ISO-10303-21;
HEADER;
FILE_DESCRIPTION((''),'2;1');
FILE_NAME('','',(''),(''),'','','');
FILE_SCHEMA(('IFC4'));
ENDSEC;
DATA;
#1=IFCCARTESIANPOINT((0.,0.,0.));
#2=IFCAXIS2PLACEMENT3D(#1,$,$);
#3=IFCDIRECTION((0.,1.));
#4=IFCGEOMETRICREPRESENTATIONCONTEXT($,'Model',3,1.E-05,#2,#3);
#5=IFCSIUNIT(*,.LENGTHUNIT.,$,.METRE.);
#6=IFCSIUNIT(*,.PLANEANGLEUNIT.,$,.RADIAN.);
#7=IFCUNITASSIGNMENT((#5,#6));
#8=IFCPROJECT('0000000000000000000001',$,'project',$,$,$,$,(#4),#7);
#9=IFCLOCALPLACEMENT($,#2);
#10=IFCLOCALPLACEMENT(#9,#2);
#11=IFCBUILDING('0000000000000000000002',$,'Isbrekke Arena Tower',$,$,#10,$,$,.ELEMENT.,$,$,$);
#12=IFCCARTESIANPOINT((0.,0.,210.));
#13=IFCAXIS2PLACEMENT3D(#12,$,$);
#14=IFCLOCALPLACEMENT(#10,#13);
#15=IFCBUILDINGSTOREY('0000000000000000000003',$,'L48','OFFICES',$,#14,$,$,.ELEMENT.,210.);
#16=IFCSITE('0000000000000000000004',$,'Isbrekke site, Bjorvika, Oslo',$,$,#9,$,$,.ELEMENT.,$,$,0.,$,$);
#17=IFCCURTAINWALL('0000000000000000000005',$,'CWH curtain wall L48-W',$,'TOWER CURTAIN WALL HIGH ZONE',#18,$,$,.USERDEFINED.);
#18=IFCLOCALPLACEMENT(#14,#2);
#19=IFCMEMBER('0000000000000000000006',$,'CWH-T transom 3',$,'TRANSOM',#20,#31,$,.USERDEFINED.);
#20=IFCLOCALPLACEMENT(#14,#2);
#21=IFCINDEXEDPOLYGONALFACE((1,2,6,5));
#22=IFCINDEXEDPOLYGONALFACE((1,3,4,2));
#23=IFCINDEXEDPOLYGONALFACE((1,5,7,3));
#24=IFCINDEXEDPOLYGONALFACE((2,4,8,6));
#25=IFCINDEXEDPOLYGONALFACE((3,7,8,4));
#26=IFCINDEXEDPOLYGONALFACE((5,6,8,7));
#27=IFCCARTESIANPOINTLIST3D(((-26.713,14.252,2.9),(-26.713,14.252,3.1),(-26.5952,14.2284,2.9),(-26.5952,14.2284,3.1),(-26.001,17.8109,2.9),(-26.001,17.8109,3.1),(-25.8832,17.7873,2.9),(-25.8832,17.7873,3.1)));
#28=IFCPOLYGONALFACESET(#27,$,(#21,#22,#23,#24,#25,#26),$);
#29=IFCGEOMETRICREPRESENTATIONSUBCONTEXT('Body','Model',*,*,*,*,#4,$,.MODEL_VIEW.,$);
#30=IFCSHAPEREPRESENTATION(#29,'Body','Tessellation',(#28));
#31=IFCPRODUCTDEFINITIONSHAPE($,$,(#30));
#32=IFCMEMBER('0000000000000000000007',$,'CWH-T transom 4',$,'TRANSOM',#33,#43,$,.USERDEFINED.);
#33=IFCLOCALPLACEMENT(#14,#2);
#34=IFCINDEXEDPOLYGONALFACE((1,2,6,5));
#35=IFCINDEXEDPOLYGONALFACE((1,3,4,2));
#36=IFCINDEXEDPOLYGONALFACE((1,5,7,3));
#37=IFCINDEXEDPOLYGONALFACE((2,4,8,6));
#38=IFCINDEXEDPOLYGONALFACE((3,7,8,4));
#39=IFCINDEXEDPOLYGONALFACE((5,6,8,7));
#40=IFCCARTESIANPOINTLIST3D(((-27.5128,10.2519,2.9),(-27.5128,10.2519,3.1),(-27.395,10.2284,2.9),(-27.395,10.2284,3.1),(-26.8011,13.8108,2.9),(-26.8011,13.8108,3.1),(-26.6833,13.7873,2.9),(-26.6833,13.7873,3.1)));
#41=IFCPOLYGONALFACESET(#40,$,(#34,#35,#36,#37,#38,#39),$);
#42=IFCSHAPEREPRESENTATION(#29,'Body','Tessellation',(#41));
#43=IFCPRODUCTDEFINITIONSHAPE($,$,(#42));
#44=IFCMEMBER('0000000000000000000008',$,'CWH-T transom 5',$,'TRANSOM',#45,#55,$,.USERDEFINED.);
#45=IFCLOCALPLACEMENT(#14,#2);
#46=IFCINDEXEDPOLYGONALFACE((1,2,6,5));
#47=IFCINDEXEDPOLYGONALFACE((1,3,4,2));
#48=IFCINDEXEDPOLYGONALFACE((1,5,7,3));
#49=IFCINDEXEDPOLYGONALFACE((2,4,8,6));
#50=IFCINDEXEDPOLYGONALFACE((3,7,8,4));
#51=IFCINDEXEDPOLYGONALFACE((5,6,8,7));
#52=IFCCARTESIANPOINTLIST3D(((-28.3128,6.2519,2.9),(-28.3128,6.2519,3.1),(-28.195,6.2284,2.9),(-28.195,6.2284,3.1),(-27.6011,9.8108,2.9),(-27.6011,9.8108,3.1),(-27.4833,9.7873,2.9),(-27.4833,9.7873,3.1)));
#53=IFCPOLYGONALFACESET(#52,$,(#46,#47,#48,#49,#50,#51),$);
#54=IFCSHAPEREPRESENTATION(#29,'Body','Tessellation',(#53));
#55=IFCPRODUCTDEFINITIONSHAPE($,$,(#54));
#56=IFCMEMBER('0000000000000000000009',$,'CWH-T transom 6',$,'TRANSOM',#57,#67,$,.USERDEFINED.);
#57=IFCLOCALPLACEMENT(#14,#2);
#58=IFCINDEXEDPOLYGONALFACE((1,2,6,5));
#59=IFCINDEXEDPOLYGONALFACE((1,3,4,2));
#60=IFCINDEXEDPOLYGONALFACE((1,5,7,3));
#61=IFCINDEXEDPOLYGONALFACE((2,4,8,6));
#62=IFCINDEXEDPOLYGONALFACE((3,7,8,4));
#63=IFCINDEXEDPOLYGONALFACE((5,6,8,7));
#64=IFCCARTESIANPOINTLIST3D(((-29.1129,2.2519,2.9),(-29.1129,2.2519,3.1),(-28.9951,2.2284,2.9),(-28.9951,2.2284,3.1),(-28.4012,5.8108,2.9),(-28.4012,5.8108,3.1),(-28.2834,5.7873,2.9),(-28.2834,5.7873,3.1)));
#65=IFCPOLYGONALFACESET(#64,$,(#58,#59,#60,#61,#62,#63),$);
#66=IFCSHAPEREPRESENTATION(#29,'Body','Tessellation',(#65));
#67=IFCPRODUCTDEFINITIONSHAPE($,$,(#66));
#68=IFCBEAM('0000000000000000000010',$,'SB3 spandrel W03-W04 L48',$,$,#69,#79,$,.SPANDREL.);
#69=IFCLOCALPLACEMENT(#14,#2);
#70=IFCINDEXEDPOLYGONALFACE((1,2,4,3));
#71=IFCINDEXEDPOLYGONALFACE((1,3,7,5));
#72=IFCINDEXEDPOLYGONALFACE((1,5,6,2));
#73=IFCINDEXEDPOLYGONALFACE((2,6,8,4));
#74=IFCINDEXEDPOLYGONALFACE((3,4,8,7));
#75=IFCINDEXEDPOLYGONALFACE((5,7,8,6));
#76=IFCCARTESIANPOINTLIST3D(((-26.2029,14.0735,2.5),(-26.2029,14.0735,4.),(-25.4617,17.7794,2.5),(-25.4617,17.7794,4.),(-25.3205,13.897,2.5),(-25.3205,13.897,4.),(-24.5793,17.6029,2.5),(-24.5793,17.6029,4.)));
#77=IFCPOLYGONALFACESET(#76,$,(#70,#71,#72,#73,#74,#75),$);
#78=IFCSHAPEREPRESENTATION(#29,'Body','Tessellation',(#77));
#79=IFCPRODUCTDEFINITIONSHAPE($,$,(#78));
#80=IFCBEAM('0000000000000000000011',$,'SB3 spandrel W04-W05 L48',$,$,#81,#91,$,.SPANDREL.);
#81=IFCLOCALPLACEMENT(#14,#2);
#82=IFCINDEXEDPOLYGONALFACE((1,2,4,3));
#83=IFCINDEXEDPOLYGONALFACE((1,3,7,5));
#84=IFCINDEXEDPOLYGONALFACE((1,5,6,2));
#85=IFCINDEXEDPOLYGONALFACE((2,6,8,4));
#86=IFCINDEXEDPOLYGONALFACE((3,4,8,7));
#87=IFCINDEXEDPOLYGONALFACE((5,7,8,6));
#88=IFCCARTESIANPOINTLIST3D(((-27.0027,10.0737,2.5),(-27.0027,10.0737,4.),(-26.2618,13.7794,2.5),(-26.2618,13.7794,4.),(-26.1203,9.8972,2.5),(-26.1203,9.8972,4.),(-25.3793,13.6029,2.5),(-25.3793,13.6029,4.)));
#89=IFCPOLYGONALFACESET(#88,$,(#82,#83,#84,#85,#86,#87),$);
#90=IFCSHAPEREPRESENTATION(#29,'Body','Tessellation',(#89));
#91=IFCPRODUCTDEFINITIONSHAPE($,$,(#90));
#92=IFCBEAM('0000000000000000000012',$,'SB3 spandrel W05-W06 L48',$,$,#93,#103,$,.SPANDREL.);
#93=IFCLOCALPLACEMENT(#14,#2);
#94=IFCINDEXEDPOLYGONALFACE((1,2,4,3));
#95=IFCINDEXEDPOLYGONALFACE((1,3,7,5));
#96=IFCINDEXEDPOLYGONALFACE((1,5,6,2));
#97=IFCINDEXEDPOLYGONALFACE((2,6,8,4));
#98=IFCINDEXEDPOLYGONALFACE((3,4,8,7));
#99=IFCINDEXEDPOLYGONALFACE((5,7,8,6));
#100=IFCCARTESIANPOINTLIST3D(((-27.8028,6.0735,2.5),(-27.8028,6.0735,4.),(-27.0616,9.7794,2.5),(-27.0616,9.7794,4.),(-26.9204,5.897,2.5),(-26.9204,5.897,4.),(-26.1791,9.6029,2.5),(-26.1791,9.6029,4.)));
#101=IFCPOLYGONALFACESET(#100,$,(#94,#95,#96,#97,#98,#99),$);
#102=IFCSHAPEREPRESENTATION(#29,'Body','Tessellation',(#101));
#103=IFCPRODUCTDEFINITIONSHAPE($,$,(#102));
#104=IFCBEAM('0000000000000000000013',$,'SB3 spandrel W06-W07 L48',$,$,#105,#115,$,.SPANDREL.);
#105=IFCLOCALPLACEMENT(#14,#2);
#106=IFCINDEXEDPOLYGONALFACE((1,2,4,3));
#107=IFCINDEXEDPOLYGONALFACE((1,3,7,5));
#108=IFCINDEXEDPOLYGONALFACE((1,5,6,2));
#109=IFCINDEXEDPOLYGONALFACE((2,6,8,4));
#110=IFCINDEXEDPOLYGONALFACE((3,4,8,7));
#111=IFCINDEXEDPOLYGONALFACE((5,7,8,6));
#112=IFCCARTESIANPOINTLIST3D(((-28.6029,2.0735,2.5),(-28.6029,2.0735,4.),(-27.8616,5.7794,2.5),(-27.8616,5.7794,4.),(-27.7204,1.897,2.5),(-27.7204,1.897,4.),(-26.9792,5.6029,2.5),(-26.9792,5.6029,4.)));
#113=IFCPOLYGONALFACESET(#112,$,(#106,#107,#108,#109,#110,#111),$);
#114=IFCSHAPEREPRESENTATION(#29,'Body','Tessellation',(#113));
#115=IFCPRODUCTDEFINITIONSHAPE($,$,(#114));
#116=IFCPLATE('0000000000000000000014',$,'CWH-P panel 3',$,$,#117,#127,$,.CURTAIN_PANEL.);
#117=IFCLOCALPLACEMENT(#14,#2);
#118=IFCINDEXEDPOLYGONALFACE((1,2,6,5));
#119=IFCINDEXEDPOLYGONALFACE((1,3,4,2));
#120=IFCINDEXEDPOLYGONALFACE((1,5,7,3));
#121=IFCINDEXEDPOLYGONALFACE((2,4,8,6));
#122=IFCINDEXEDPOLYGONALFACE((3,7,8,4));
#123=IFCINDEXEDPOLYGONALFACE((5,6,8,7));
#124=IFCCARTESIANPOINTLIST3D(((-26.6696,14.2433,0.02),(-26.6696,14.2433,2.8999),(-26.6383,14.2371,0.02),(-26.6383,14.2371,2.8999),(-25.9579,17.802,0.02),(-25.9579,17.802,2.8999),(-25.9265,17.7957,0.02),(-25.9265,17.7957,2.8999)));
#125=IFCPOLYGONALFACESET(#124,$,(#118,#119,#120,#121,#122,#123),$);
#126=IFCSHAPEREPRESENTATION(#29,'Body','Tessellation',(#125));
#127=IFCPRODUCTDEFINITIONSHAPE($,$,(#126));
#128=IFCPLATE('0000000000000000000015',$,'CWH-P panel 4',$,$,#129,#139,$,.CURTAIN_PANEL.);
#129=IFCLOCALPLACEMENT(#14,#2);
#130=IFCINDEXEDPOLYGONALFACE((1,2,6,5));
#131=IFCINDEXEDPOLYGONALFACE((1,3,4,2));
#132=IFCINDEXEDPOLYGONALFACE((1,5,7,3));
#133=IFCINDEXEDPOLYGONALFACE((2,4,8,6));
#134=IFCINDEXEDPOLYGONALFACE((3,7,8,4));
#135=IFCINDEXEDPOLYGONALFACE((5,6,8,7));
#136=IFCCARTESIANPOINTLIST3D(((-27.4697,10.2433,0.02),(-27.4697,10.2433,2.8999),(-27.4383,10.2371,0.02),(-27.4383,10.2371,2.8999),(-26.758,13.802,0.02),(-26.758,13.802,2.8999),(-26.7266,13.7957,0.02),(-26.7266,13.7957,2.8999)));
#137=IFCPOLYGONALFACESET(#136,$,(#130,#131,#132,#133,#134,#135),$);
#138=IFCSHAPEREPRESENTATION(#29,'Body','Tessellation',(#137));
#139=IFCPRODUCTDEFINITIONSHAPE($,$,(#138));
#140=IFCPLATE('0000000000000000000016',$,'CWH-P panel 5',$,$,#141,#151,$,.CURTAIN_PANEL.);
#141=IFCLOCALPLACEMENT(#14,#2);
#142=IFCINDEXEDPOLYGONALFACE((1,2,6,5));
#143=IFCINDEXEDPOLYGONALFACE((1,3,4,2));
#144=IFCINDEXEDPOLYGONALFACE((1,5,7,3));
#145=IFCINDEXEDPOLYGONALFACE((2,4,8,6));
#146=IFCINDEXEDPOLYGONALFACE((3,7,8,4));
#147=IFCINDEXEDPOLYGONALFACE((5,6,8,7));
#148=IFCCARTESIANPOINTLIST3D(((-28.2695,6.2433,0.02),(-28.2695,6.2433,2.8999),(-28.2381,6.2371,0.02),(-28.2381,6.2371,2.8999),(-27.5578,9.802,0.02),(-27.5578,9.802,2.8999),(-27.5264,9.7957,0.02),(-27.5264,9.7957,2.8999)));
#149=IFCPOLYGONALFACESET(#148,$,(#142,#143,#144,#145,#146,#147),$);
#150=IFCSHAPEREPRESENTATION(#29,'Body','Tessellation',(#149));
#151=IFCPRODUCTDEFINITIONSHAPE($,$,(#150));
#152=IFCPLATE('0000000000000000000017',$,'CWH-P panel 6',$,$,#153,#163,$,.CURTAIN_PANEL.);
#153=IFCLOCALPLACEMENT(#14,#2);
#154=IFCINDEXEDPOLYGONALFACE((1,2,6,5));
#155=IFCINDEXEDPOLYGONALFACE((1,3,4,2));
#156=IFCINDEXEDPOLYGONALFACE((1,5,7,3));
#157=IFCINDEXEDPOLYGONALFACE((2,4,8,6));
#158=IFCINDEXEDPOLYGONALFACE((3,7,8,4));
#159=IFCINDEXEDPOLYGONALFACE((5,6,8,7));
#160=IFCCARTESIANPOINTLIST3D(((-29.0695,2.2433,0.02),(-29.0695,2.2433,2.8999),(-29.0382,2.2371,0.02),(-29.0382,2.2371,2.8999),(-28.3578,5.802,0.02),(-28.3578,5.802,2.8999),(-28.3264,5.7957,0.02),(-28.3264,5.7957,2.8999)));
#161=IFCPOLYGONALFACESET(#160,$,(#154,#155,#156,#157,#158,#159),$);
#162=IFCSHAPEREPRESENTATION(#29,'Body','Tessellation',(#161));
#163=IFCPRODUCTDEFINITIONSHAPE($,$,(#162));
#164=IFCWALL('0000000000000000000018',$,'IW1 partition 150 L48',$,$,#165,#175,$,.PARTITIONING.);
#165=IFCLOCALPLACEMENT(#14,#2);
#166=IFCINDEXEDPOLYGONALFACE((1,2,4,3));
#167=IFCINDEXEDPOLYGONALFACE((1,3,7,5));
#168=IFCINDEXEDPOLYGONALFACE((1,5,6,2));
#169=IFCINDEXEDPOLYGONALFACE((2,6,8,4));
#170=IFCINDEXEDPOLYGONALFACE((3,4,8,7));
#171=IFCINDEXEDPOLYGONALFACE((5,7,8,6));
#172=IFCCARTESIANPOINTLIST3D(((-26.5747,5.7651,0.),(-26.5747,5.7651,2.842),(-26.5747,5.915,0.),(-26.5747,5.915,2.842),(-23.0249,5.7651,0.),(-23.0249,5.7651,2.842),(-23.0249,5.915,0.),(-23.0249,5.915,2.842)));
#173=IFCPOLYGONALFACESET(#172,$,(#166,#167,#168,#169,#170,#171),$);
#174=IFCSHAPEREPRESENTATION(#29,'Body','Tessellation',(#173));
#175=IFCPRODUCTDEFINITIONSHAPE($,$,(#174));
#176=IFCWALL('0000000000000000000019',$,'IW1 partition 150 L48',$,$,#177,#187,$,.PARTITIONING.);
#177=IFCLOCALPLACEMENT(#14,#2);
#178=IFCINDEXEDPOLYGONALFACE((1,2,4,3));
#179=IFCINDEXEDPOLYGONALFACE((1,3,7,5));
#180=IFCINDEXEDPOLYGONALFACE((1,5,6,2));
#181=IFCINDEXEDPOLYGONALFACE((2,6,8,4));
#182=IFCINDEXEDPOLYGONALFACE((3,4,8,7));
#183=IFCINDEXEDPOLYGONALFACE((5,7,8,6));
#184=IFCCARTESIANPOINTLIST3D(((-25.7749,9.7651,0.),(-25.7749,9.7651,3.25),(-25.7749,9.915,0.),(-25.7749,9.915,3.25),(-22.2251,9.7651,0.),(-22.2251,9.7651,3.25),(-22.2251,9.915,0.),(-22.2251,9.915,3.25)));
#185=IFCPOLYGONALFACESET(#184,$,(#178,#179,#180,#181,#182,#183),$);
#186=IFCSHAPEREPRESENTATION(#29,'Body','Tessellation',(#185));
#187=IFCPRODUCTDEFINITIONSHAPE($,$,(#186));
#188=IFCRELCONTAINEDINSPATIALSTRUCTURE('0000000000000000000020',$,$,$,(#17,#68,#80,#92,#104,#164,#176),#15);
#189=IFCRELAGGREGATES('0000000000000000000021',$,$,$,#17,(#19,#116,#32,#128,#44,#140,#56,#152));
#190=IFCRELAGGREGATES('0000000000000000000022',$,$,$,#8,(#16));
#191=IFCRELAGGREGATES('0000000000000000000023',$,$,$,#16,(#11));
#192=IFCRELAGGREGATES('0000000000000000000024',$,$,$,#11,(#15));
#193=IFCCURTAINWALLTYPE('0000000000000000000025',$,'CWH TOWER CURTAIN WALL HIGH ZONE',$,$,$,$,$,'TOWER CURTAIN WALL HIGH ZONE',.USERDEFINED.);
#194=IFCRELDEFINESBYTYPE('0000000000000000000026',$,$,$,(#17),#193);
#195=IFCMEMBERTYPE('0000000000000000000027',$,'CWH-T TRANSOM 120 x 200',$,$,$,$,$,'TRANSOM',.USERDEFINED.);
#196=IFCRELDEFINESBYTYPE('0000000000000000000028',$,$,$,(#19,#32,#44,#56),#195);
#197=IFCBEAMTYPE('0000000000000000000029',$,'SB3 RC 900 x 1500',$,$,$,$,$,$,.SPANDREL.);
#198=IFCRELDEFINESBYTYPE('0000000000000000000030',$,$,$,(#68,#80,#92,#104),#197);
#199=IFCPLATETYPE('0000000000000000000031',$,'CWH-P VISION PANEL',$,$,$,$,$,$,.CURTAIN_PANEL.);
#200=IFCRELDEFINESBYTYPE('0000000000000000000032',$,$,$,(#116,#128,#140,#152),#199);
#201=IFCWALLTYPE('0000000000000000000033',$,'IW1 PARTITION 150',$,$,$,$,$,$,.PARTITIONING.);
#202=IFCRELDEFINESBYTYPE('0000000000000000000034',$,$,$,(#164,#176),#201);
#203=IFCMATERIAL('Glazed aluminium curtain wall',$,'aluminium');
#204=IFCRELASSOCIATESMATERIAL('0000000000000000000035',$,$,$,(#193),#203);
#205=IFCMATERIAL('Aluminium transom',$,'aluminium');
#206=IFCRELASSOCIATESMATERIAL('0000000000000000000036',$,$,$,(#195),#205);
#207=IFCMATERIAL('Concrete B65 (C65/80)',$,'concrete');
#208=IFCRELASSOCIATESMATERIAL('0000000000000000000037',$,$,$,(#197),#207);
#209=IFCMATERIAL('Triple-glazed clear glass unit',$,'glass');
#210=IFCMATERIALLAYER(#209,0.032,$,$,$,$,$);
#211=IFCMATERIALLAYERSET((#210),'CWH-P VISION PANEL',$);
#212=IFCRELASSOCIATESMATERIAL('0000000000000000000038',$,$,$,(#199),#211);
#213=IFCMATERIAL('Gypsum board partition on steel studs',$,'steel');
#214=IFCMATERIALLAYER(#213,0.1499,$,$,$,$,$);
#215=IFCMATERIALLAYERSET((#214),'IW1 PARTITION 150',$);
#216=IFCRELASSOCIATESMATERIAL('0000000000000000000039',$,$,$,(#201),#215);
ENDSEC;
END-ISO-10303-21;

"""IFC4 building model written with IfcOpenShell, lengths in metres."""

from ifc_helpers import new_model, si_unit, direction, frame, frame_2d, origin, origin_2d, place, context, subcontext, project, spatial, rectangle, extrude, material, layer, layer_set, material_profile, profile_set, type_object, element, aggregate, save


model = new_model("IFC4")

# Units and contexts
model_context = context("Model", 3, precision=1e-05, world=origin(), true_north=direction((0.0, 1.0)))
body_context = subcontext(model_context, "Body", "Model", "MODEL_VIEW")
ifc_project = project(units=[si_unit("LENGTHUNIT", "METRE"), si_unit("PLANEANGLEUNIT", "RADIAN")], contexts=[model_context])

# Site, building, storey
site_placement = place(None, origin())
site = spatial("IfcSite", under=ifc_project, at=site_placement, Name="Isbrekke site, Bjorvika, Oslo", CompositionType="ELEMENT", RefElevation=0.0)
building_placement = place(site_placement, origin())
building = spatial("IfcBuilding", under=site, at=building_placement, Name="Isbrekke Arena Tower", CompositionType="ELEMENT")
storey_placement = place(building_placement, frame((0.0, 0.0, 210.0)))
storey = spatial("IfcBuildingStorey", under=building, at=storey_placement, Name="L48", Description="OFFICES", CompositionType="ELEMENT", Elevation=210.0)

# Curtain wall, members
ifc_material_1 = material(Name="Glazed aluminium curtain wall", Category="aluminium")
curtain_wall_type = type_object("IfcCurtainWallType", Name="CWH TOWER CURTAIN WALL HIGH ZONE", ElementType="TOWER CURTAIN WALL HIGH ZONE", PredefinedType="USERDEFINED", material=ifc_material_1)
curtain_wall_placement = place(storey_placement, origin())
curtain_wall = element("IfcCurtainWall", 1, at=curtain_wall_placement, inside=storey, type_object=curtain_wall_type, Name="CWH curtain wall L48-W", ObjectType="TOWER CURTAIN WALL HIGH ZONE", PredefinedType="USERDEFINED")
ifc_material_2 = material(Name="Aluminium transom", Category="aluminium")
ifc_material_profile_1 = material_profile(ifc_material_2, rectangle(XDim=0.1201, YDim=0.2, at=origin_2d()), Name="TRANSOM 120X200")
ifc_profile_set_1 = profile_set([ifc_material_profile_1], Name="Aluminium transom")
member_type_1 = type_object("IfcMemberType", Name="CWH-T TRANSOM 120 x 200", ElementType="TRANSOM", PredefinedType="USERDEFINED", material=ifc_profile_set_1)
member_1_placement = place(storey_placement, frame((-25.9421, 17.7991, 3.0), z_axis=(-0.196155, -0.980573, 0.0), x_axis=(0.980573, -0.196155, 0.0)))
member_1 = element("IfcMember", 2, at=member_1_placement, type_object=member_type_1, Name="CWH-T transom 3", ObjectType="TRANSOM", PredefinedType="USERDEFINED", context=body_context, shape_type="SweptSolid", body=[
    extrude(rectangle(XDim=0.1201, YDim=0.2, at=origin_2d()), origin(), (0.0, 0.0, 1.0), 3.6294),
])
member_2_placement = place(storey_placement, frame((-26.7422, 13.7991, 3.0), z_axis=(-0.19609, -0.980586, 0.0), x_axis=(0.980586, -0.19609, 0.0)))
member_2 = element("IfcMember", 3, at=member_2_placement, type_object=member_type_1, Name="CWH-T transom 4", ObjectType="TRANSOM", PredefinedType="USERDEFINED", context=body_context, shape_type="SweptSolid", body=[
    extrude(rectangle(XDim=0.1201, YDim=0.2, at=origin_2d()), origin(), (0.0, 0.0, 1.0), 3.6294),
])
member_3_placement = place(storey_placement, frame((-27.5422, 9.7991, 3.0), z_axis=(-0.19609, -0.980586, 0.0), x_axis=(0.980586, -0.19609, 0.0)))
member_3 = element("IfcMember", 4, at=member_3_placement, type_object=member_type_1, Name="CWH-T transom 5", ObjectType="TRANSOM", PredefinedType="USERDEFINED", context=body_context, shape_type="SweptSolid", body=[
    extrude(rectangle(XDim=0.1201, YDim=0.2, at=origin_2d()), origin(), (0.0, 0.0, 1.0), 3.6294),
])
member_4_placement = place(storey_placement, frame((-28.3423, 5.7991, 3.0), z_axis=(-0.19609, -0.980586, 0.0), x_axis=(0.980586, -0.19609, 0.0)))
member_4 = element("IfcMember", 5, at=member_4_placement, type_object=member_type_1, Name="CWH-T transom 6", ObjectType="TRANSOM", PredefinedType="USERDEFINED", context=body_context, shape_type="SweptSolid", body=[
    extrude(rectangle(XDim=0.1201, YDim=0.2, at=origin_2d()), origin(), (0.0, 0.0, 1.0), 3.6294),
])

# Beams
ifc_material_3 = material(Name="Concrete B65 (C65/80)", Category="concrete")
ifc_material_profile_2 = material_profile(ifc_material_3, rectangle(XDim=0.8999, YDim=1.5, at=origin_2d()), Name="RC 900x1500")
ifc_profile_set_2 = profile_set([ifc_material_profile_2], Name="Concrete B65 (C65/80)")
beam_type_1 = type_object("IfcBeamType", Name="SB3 RC 900 x 1500", PredefinedType="SPANDREL", material=ifc_profile_set_2)
beam_1_placement = place(storey_placement, frame((-25.0205, 17.6912, 3.25), z_axis=(-0.196129, -0.980578, 0.0), x_axis=(0.980578, -0.196129, 0.0)))
element("IfcBeam", 6, at=beam_1_placement, inside=storey, type_object=beam_type_1, Name="SB3 spandrel W03-W04 L48", PredefinedType="SPANDREL", context=body_context, shape_type="SweptSolid", body=[
    extrude(rectangle(XDim=0.8999, YDim=1.5, at=origin_2d()), origin(), (0.0, 0.0, 1.0), 3.7793),
])
beam_2_placement = place(storey_placement, frame((-25.8206, 13.6912, 3.25), z_axis=(-0.196066, -0.980591, 0.0), x_axis=(0.980591, -0.196066, 0.0)))
element("IfcBeam", 7, at=beam_2_placement, inside=storey, type_object=beam_type_1, Name="SB3 spandrel W04-W05 L48", PredefinedType="SPANDREL", context=body_context, shape_type="SweptSolid", body=[
    extrude(rectangle(XDim=0.8999, YDim=1.5, at=origin_2d()), origin(), (0.0, 0.0, 1.0), 3.7791),
])
for number, where, z_axis, x_axis, name in (
    (8, (-26.6204, 9.6912, 3.25), (-0.196129, -0.980578, 0.0), (0.980578, -0.196129, 0.0), "SB3 spandrel W05-W06 L48"),
    (9, (-27.4204, 5.6912, 3.25), (-0.196129, -0.980578, 0.0), (0.980578, -0.196129, 0.0), "SB3 spandrel W06-W07 L48"),
):
    element("IfcBeam", number, at=place(storey_placement, frame(where, z_axis=z_axis, x_axis=x_axis)), inside=storey, type_object=beam_type_1, Name=name, PredefinedType="SPANDREL", context=body_context, shape_type="SweptSolid", body=[
        extrude(rectangle(XDim=0.8999, YDim=1.5, at=origin_2d()), origin(), (0.0, 0.0, 1.0), 3.7793),
    ])

# Plates
ifc_material_4 = material(Name="Triple-glazed clear glass unit", Category="glass")
ifc_layer_1 = layer(ifc_material_4, 0.032)
ifc_layer_set_1 = layer_set([ifc_layer_1], Name="CWH-P VISION PANEL")
plate_type = type_object("IfcPlateType", Name="CWH-P VISION PANEL", PredefinedType="CURTAIN_PANEL", material=ifc_layer_set_1)
plate_1_placement = place(storey_placement, frame((-26.2981, 16.0195, 0.02), z_axis=(0.0, 0.0, 1.0), x_axis=(-0.196116, -0.980581, 0.0)))
plate_1 = element("IfcPlate", 10, at=plate_1_placement, type_object=plate_type, Name="CWH-P panel 3", PredefinedType="CURTAIN_PANEL", context=body_context, shape_type="SweptSolid", body=[
    extrude(rectangle(XDim=3.6292, YDim=0.032, at=origin_2d()), origin(), (0.0, 0.0, 1.0), 2.8799),
])
plate_2_placement = place(storey_placement, frame((-27.0981, 12.0195, 0.02), z_axis=(0.0, 0.0, 1.0), x_axis=(-0.196116, -0.980581, 0.0)))
plate_2 = element("IfcPlate", 11, at=plate_2_placement, type_object=plate_type, Name="CWH-P panel 4", PredefinedType="CURTAIN_PANEL", context=body_context, shape_type="SweptSolid", body=[
    extrude(rectangle(XDim=3.6292, YDim=0.032, at=origin_2d()), origin(), (0.0, 0.0, 1.0), 2.8799),
])
plate_3_placement = place(storey_placement, frame((-27.8979, 8.0195, 0.02), z_axis=(0.0, 0.0, 1.0), x_axis=(-0.196116, -0.980581, 0.0)))
plate_3 = element("IfcPlate", 12, at=plate_3_placement, type_object=plate_type, Name="CWH-P panel 5", PredefinedType="CURTAIN_PANEL", context=body_context, shape_type="SweptSolid", body=[
    extrude(rectangle(XDim=3.6292, YDim=0.032, at=origin_2d()), origin(), (0.0, 0.0, 1.0), 2.8799),
])
plate_4_placement = place(storey_placement, frame((-28.698, 4.0195, 0.02), z_axis=(0.0, 0.0, 1.0), x_axis=(-0.196116, -0.980581, 0.0)))
plate_4 = element("IfcPlate", 13, at=plate_4_placement, type_object=plate_type, Name="CWH-P panel 6", PredefinedType="CURTAIN_PANEL", context=body_context, shape_type="SweptSolid", body=[
    extrude(rectangle(XDim=3.6292, YDim=0.032, at=origin_2d()), origin(), (0.0, 0.0, 1.0), 2.8799),
])
aggregate(curtain_wall, [member_1, plate_1, member_2, plate_2, member_3, plate_3, member_4, plate_4])

# Walls
ifc_material_5 = material(Name="Gypsum board partition on steel studs", Category="steel")
ifc_layer_2 = layer(ifc_material_5, 0.1499)
ifc_layer_set_2 = layer_set([ifc_layer_2], Name="IW1 PARTITION 150")
wall_type_1 = type_object("IfcWallType", Name="IW1 PARTITION 150", PredefinedType="PARTITIONING", material=ifc_layer_set_2)
wall_1_placement = place(storey_placement, frame((-26.5747, 5.8401, 0.0), z_axis=(0.0, 0.0, 1.0), x_axis=(1.0, 0.0, 0.0)))
element("IfcWall", 14, at=wall_1_placement, inside=storey, type_object=wall_type_1, Name="IW1 partition 150 L48", PredefinedType="PARTITIONING", context=body_context, shape_type="SweptSolid", body=[
    extrude(rectangle(XDim=3.5498, YDim=0.1499, at=frame_2d((1.7749, 0.0))), origin(), (0.0, 0.0, 1.0), 2.842),
])
for number, where, z_axis, x_axis, name in (
    (15, (-25.7749, 9.8401, 0.0), (0.0, 0.0, 1.0), (1.0, 0.0, 0.0), "IW1 partition 150 L48"),
):
    element("IfcWall", number, at=place(storey_placement, frame(where, z_axis=z_axis, x_axis=x_axis)), inside=storey, type_object=wall_type_1, Name=name, PredefinedType="PARTITIONING", context=body_context, shape_type="SweptSolid", body=[
        extrude(rectangle(XDim=3.5498, YDim=0.1499, at=frame_2d((1.7749, 0.0))), origin(), (0.0, 0.0, 1.0), 3.25),
    ])

save(model, "model.ifc")
